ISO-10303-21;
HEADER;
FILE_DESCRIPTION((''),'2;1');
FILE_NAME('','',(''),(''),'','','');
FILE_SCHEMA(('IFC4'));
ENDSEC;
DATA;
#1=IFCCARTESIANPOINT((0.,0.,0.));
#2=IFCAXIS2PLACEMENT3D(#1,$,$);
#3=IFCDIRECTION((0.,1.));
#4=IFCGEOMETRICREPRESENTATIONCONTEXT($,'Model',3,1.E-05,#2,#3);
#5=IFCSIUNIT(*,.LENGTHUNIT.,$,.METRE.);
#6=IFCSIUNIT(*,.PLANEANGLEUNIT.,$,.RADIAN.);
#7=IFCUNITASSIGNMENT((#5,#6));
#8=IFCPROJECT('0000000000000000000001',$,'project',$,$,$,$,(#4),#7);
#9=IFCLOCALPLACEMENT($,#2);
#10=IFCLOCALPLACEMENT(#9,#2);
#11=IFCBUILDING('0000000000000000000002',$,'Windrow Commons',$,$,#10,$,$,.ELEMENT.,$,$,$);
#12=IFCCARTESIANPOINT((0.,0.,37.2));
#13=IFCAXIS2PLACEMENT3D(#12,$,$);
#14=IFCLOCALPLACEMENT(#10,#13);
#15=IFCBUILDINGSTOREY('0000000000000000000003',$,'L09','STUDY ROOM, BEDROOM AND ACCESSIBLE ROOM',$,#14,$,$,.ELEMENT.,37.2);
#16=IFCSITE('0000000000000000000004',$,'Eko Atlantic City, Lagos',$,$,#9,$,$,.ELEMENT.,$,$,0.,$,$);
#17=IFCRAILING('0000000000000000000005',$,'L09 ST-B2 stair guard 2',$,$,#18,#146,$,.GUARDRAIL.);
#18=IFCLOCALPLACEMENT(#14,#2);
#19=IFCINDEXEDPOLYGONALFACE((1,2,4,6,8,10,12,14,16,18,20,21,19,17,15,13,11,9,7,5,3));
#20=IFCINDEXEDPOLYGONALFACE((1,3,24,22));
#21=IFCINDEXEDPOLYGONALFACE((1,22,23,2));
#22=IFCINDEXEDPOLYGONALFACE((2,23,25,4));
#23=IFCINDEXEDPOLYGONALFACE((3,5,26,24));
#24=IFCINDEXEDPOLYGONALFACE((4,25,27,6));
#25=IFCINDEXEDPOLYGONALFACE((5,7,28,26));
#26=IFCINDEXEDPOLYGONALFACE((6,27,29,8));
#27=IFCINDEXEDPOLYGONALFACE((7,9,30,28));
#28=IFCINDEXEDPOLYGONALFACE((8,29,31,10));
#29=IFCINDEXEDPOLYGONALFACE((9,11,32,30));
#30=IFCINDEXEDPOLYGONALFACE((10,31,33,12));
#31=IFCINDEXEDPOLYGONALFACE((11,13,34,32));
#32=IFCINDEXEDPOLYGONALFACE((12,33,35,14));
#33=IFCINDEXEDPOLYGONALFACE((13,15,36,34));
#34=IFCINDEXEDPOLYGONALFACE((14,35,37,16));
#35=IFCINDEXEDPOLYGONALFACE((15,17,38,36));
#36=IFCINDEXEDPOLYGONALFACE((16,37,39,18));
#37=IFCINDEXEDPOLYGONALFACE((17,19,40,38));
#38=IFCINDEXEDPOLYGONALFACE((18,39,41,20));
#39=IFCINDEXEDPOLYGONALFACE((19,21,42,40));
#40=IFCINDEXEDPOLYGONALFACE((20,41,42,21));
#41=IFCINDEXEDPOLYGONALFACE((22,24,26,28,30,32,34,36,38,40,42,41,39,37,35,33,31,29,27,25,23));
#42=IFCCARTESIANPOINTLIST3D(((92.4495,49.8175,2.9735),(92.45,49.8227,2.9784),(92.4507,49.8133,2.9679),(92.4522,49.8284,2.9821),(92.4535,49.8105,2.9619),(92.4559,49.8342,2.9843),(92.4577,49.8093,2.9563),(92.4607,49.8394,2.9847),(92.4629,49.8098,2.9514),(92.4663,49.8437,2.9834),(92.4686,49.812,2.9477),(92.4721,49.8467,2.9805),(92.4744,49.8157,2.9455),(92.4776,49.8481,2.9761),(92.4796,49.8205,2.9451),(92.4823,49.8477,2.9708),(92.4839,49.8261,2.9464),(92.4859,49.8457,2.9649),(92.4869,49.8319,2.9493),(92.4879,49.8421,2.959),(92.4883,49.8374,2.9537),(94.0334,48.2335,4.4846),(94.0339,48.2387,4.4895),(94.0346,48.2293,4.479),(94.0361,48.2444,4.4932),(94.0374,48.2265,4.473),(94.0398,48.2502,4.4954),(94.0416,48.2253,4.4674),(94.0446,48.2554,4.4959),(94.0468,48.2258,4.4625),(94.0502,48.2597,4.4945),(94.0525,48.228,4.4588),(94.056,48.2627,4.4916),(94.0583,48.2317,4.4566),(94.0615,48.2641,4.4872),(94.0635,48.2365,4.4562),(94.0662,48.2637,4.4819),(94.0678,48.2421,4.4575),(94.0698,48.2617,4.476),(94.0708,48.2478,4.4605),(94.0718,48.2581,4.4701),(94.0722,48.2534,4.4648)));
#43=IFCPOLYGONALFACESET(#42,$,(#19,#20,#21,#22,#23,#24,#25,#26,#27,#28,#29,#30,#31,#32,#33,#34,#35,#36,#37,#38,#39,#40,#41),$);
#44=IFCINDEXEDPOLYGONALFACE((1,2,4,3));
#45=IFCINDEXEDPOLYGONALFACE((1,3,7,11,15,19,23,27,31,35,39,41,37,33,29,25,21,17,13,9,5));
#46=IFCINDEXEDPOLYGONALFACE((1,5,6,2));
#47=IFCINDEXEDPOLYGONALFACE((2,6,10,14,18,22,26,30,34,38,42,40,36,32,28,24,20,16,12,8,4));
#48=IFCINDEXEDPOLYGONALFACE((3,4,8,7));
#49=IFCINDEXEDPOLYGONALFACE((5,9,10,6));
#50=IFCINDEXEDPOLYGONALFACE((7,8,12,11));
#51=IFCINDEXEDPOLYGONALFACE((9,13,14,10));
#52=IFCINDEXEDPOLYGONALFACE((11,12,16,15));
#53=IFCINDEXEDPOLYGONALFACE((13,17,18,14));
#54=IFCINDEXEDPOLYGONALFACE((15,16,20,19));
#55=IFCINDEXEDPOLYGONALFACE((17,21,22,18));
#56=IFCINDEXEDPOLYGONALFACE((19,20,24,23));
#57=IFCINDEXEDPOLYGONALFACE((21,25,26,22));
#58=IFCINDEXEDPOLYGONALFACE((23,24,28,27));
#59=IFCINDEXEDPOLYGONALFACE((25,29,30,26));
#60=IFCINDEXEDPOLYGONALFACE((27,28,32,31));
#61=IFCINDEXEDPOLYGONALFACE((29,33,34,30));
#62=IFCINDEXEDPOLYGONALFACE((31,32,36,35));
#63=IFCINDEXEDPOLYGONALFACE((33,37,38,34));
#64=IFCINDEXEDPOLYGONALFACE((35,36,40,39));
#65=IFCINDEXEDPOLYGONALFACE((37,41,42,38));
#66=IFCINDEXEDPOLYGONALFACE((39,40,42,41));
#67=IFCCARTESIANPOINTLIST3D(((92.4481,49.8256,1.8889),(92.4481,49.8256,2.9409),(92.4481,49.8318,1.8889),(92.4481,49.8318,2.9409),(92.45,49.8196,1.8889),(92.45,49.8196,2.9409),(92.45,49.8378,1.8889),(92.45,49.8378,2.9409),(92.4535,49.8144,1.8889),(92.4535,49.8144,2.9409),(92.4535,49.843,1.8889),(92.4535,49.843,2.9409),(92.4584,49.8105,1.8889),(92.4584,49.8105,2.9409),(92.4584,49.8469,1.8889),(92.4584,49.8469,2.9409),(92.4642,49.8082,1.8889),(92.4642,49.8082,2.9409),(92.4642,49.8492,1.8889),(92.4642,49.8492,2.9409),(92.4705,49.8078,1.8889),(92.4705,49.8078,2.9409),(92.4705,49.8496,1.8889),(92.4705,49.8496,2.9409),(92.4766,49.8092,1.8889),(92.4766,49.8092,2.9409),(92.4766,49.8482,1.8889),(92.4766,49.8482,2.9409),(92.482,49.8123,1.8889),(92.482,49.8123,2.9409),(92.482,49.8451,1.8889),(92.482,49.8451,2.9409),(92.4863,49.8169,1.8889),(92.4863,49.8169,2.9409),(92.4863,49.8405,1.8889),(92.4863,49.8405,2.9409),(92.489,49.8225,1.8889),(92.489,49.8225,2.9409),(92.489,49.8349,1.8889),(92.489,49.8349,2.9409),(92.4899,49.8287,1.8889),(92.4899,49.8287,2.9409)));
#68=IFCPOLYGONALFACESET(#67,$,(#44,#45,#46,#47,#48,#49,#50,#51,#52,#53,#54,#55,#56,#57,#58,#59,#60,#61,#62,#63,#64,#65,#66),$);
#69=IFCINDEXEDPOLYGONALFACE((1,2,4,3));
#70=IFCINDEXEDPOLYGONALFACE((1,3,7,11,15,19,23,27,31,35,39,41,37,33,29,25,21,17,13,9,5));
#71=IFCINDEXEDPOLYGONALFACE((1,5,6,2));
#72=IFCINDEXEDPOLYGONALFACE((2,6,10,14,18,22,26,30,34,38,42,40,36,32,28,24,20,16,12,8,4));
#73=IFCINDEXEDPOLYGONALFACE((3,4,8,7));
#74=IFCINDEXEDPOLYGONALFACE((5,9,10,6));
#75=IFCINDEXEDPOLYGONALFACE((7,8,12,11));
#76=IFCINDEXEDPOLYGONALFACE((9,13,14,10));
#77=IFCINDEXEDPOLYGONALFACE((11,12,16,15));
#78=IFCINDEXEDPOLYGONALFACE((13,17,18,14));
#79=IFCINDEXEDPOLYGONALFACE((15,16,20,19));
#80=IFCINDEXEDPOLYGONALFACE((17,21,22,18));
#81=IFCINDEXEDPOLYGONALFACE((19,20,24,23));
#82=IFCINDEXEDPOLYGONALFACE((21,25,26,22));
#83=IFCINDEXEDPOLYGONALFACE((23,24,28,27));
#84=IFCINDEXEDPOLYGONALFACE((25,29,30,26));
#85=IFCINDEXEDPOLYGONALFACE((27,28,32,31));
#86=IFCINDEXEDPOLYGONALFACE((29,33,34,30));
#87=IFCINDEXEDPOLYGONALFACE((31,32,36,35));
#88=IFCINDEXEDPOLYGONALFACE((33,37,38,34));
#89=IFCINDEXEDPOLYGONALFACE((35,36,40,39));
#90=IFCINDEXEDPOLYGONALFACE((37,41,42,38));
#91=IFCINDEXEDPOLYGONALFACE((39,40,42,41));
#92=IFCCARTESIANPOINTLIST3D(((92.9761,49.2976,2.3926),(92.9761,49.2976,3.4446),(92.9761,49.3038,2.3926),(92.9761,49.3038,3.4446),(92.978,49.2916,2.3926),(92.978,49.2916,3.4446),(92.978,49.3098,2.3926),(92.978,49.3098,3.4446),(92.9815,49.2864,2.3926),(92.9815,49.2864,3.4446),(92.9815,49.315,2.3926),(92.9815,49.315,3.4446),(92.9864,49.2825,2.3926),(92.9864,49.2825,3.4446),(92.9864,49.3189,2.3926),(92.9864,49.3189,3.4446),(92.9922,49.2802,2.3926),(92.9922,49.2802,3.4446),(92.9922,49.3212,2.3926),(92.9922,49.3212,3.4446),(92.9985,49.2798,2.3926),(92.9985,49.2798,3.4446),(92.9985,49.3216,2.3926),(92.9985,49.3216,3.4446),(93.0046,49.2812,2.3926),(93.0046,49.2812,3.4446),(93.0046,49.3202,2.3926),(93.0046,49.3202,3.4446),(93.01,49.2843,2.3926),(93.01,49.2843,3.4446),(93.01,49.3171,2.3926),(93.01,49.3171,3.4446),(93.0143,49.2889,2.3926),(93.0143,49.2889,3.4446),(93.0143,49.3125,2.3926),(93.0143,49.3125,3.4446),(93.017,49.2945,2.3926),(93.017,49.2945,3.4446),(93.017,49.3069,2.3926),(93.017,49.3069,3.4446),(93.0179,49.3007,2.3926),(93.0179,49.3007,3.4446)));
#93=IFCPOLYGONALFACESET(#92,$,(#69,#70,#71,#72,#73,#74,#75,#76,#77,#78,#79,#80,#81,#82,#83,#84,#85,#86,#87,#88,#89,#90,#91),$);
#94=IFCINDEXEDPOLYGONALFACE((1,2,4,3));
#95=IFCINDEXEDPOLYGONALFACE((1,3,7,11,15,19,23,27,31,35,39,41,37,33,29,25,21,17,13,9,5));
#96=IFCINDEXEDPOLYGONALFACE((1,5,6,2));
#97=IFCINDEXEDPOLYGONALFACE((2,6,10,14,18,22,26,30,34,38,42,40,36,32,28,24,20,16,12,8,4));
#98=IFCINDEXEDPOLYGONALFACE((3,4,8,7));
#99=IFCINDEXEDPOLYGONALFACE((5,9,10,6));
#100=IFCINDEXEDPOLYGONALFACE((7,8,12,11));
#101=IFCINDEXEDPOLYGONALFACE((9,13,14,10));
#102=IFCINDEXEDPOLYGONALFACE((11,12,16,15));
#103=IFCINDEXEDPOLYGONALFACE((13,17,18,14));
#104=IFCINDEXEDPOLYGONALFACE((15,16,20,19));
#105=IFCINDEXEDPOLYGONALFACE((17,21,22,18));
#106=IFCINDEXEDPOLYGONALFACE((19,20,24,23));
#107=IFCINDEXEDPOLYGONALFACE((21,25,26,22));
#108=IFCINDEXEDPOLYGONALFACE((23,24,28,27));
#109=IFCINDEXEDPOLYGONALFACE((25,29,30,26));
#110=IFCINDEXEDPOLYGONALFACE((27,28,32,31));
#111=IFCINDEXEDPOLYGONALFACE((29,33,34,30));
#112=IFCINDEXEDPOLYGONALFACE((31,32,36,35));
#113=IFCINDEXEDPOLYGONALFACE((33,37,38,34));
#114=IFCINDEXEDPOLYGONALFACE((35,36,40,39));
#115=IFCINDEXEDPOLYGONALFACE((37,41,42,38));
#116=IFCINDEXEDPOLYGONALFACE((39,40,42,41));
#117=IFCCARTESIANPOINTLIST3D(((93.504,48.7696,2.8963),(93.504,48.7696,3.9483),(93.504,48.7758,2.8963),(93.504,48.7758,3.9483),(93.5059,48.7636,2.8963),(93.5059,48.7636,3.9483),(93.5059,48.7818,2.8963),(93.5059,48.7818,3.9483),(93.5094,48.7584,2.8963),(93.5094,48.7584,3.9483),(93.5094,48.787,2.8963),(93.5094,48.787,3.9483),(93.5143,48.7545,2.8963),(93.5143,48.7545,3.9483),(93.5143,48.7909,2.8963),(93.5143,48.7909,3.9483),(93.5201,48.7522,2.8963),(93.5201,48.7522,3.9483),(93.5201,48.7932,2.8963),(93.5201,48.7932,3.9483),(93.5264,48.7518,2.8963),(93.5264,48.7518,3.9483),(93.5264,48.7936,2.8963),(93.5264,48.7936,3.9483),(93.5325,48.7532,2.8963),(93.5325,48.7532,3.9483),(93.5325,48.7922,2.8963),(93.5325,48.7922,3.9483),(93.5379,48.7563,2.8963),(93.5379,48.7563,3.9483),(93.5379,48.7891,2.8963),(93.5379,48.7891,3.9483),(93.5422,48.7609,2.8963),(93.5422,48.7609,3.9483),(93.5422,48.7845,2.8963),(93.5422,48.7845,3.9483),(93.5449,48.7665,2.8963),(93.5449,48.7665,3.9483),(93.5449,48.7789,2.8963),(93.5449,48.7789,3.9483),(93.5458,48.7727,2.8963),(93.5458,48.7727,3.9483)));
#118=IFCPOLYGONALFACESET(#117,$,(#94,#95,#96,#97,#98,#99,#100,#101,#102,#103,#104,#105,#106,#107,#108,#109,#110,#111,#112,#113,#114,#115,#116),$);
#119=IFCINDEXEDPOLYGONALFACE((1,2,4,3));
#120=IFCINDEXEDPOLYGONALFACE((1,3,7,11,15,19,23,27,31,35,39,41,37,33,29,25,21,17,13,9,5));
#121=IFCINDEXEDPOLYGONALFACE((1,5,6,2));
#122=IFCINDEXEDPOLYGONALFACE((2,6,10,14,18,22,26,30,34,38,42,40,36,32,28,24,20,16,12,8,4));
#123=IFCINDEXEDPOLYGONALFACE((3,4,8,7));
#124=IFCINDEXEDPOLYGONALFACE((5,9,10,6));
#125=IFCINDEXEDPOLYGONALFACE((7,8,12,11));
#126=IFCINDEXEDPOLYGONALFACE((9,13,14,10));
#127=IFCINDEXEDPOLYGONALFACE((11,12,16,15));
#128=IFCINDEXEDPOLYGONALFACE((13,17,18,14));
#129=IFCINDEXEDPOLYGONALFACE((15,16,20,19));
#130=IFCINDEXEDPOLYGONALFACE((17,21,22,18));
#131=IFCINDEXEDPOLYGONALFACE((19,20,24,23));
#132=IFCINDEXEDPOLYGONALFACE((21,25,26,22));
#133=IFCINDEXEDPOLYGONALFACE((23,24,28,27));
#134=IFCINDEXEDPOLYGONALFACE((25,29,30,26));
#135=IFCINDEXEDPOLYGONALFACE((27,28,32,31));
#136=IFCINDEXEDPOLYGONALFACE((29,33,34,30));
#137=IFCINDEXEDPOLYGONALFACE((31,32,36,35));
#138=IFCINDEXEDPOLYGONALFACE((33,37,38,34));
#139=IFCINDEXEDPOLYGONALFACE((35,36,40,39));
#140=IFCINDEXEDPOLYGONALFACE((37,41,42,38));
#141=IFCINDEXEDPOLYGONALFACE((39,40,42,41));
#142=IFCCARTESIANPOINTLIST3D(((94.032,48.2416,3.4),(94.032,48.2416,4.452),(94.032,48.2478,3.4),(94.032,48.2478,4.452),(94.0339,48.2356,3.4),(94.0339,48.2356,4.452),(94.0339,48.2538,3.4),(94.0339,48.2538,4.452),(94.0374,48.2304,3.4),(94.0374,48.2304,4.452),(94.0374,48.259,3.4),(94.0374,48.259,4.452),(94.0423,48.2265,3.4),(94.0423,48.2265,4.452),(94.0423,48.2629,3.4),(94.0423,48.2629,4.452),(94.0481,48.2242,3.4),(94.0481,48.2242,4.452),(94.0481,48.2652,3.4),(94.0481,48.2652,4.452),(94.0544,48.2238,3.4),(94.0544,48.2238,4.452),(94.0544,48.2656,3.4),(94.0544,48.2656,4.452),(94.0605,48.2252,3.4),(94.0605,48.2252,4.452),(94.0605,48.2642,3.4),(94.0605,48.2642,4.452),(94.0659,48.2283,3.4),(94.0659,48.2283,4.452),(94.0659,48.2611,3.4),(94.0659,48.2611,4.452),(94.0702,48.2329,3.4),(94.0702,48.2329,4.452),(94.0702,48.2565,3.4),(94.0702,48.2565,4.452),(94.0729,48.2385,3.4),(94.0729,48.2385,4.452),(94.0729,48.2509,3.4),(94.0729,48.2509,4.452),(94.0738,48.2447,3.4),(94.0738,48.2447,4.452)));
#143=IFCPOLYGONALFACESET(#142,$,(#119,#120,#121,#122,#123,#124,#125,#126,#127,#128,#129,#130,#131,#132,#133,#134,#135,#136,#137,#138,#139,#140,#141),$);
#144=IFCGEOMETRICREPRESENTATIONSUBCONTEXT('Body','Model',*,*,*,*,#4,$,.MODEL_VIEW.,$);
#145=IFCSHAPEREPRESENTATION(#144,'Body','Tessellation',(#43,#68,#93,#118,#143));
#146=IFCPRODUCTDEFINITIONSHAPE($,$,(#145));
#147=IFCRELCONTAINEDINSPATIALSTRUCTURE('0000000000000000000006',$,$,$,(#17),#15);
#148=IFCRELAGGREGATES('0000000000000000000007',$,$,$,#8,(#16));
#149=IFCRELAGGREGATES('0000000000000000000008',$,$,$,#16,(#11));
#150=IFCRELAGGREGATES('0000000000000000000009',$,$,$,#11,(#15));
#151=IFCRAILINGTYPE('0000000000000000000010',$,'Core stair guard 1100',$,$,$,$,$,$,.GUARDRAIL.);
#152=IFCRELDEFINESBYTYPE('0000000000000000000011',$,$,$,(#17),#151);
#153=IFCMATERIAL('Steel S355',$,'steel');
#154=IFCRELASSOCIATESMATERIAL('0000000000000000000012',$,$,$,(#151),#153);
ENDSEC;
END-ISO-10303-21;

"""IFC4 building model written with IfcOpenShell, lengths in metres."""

from ifc_helpers import new_model, si_unit, direction, frame, origin, origin_2d, place, context, subcontext, project, spatial, circle, extrude, material, type_object, element, save


model = new_model("IFC4")

# Units and contexts
model_context = context("Model", 3, precision=1e-05, world=origin(), true_north=direction((0.0, 1.0)))
body_context = subcontext(model_context, "Body", "Model", "MODEL_VIEW")
ifc_project = project(units=[si_unit("LENGTHUNIT", "METRE"), si_unit("PLANEANGLEUNIT", "RADIAN")], contexts=[model_context])

# Site, building, storey
site_placement = place(None, origin())
site = spatial("IfcSite", under=ifc_project, at=site_placement, Name="Eko Atlantic City, Lagos", CompositionType="ELEMENT", RefElevation=0.0)
building_placement = place(site_placement, origin())
building = spatial("IfcBuilding", under=site, at=building_placement, Name="Windrow Commons", CompositionType="ELEMENT")
storey_placement = place(building_placement, frame((0.0, 0.0, 37.2)))
storey = spatial("IfcBuildingStorey", under=building, at=storey_placement, Name="L09", Description="STUDY ROOM, BEDROOM AND ACCESSIBLE ROOM", CompositionType="ELEMENT", Elevation=37.2)

# Railing
ifc_material_1 = material(Name="Steel S355", Category="steel")
railing_type_1 = type_object("IfcRailingType", Name="Core stair guard 1100", PredefinedType="GUARDRAIL", material=ifc_material_1)
railing_1_placement = place(storey_placement, frame((92.4689, 49.8287, 1.8889)))
element("IfcRailing", 1, at=railing_1_placement, inside=storey, type_object=railing_type_1, Name="L09 ST-B2 stair guard 2", PredefinedType="GUARDRAIL", context=body_context, shape_type="SweptSolid", body=[
    extrude(circle(Radius=0.024, at=origin_2d()), frame((0.0, 0.0, 1.076), z_axis=(0.586179, -0.586216, 0.559237), x_axis=(0.707129, 0.707084, 0.0)), (0.0, 0.0, 1.0), 2.7021),
    extrude(circle(Radius=0.021, at=origin_2d()), origin(), (0.0, 0.0, 1.0), 1.052),
    extrude(circle(Radius=0.021, at=origin_2d()), frame((0.528, -0.528, 0.5037)), (0.0, 0.0, 1.0), 1.052),
    extrude(circle(Radius=0.021, at=origin_2d()), frame((1.0559, -1.056, 1.0074)), (0.0, 0.0, 1.0), 1.052),
    extrude(circle(Radius=0.021, at=origin_2d()), frame((1.5839, -1.584, 1.5111)), (0.0, 0.0, 1.0), 1.052),
])

save(model, "model.ifc")
